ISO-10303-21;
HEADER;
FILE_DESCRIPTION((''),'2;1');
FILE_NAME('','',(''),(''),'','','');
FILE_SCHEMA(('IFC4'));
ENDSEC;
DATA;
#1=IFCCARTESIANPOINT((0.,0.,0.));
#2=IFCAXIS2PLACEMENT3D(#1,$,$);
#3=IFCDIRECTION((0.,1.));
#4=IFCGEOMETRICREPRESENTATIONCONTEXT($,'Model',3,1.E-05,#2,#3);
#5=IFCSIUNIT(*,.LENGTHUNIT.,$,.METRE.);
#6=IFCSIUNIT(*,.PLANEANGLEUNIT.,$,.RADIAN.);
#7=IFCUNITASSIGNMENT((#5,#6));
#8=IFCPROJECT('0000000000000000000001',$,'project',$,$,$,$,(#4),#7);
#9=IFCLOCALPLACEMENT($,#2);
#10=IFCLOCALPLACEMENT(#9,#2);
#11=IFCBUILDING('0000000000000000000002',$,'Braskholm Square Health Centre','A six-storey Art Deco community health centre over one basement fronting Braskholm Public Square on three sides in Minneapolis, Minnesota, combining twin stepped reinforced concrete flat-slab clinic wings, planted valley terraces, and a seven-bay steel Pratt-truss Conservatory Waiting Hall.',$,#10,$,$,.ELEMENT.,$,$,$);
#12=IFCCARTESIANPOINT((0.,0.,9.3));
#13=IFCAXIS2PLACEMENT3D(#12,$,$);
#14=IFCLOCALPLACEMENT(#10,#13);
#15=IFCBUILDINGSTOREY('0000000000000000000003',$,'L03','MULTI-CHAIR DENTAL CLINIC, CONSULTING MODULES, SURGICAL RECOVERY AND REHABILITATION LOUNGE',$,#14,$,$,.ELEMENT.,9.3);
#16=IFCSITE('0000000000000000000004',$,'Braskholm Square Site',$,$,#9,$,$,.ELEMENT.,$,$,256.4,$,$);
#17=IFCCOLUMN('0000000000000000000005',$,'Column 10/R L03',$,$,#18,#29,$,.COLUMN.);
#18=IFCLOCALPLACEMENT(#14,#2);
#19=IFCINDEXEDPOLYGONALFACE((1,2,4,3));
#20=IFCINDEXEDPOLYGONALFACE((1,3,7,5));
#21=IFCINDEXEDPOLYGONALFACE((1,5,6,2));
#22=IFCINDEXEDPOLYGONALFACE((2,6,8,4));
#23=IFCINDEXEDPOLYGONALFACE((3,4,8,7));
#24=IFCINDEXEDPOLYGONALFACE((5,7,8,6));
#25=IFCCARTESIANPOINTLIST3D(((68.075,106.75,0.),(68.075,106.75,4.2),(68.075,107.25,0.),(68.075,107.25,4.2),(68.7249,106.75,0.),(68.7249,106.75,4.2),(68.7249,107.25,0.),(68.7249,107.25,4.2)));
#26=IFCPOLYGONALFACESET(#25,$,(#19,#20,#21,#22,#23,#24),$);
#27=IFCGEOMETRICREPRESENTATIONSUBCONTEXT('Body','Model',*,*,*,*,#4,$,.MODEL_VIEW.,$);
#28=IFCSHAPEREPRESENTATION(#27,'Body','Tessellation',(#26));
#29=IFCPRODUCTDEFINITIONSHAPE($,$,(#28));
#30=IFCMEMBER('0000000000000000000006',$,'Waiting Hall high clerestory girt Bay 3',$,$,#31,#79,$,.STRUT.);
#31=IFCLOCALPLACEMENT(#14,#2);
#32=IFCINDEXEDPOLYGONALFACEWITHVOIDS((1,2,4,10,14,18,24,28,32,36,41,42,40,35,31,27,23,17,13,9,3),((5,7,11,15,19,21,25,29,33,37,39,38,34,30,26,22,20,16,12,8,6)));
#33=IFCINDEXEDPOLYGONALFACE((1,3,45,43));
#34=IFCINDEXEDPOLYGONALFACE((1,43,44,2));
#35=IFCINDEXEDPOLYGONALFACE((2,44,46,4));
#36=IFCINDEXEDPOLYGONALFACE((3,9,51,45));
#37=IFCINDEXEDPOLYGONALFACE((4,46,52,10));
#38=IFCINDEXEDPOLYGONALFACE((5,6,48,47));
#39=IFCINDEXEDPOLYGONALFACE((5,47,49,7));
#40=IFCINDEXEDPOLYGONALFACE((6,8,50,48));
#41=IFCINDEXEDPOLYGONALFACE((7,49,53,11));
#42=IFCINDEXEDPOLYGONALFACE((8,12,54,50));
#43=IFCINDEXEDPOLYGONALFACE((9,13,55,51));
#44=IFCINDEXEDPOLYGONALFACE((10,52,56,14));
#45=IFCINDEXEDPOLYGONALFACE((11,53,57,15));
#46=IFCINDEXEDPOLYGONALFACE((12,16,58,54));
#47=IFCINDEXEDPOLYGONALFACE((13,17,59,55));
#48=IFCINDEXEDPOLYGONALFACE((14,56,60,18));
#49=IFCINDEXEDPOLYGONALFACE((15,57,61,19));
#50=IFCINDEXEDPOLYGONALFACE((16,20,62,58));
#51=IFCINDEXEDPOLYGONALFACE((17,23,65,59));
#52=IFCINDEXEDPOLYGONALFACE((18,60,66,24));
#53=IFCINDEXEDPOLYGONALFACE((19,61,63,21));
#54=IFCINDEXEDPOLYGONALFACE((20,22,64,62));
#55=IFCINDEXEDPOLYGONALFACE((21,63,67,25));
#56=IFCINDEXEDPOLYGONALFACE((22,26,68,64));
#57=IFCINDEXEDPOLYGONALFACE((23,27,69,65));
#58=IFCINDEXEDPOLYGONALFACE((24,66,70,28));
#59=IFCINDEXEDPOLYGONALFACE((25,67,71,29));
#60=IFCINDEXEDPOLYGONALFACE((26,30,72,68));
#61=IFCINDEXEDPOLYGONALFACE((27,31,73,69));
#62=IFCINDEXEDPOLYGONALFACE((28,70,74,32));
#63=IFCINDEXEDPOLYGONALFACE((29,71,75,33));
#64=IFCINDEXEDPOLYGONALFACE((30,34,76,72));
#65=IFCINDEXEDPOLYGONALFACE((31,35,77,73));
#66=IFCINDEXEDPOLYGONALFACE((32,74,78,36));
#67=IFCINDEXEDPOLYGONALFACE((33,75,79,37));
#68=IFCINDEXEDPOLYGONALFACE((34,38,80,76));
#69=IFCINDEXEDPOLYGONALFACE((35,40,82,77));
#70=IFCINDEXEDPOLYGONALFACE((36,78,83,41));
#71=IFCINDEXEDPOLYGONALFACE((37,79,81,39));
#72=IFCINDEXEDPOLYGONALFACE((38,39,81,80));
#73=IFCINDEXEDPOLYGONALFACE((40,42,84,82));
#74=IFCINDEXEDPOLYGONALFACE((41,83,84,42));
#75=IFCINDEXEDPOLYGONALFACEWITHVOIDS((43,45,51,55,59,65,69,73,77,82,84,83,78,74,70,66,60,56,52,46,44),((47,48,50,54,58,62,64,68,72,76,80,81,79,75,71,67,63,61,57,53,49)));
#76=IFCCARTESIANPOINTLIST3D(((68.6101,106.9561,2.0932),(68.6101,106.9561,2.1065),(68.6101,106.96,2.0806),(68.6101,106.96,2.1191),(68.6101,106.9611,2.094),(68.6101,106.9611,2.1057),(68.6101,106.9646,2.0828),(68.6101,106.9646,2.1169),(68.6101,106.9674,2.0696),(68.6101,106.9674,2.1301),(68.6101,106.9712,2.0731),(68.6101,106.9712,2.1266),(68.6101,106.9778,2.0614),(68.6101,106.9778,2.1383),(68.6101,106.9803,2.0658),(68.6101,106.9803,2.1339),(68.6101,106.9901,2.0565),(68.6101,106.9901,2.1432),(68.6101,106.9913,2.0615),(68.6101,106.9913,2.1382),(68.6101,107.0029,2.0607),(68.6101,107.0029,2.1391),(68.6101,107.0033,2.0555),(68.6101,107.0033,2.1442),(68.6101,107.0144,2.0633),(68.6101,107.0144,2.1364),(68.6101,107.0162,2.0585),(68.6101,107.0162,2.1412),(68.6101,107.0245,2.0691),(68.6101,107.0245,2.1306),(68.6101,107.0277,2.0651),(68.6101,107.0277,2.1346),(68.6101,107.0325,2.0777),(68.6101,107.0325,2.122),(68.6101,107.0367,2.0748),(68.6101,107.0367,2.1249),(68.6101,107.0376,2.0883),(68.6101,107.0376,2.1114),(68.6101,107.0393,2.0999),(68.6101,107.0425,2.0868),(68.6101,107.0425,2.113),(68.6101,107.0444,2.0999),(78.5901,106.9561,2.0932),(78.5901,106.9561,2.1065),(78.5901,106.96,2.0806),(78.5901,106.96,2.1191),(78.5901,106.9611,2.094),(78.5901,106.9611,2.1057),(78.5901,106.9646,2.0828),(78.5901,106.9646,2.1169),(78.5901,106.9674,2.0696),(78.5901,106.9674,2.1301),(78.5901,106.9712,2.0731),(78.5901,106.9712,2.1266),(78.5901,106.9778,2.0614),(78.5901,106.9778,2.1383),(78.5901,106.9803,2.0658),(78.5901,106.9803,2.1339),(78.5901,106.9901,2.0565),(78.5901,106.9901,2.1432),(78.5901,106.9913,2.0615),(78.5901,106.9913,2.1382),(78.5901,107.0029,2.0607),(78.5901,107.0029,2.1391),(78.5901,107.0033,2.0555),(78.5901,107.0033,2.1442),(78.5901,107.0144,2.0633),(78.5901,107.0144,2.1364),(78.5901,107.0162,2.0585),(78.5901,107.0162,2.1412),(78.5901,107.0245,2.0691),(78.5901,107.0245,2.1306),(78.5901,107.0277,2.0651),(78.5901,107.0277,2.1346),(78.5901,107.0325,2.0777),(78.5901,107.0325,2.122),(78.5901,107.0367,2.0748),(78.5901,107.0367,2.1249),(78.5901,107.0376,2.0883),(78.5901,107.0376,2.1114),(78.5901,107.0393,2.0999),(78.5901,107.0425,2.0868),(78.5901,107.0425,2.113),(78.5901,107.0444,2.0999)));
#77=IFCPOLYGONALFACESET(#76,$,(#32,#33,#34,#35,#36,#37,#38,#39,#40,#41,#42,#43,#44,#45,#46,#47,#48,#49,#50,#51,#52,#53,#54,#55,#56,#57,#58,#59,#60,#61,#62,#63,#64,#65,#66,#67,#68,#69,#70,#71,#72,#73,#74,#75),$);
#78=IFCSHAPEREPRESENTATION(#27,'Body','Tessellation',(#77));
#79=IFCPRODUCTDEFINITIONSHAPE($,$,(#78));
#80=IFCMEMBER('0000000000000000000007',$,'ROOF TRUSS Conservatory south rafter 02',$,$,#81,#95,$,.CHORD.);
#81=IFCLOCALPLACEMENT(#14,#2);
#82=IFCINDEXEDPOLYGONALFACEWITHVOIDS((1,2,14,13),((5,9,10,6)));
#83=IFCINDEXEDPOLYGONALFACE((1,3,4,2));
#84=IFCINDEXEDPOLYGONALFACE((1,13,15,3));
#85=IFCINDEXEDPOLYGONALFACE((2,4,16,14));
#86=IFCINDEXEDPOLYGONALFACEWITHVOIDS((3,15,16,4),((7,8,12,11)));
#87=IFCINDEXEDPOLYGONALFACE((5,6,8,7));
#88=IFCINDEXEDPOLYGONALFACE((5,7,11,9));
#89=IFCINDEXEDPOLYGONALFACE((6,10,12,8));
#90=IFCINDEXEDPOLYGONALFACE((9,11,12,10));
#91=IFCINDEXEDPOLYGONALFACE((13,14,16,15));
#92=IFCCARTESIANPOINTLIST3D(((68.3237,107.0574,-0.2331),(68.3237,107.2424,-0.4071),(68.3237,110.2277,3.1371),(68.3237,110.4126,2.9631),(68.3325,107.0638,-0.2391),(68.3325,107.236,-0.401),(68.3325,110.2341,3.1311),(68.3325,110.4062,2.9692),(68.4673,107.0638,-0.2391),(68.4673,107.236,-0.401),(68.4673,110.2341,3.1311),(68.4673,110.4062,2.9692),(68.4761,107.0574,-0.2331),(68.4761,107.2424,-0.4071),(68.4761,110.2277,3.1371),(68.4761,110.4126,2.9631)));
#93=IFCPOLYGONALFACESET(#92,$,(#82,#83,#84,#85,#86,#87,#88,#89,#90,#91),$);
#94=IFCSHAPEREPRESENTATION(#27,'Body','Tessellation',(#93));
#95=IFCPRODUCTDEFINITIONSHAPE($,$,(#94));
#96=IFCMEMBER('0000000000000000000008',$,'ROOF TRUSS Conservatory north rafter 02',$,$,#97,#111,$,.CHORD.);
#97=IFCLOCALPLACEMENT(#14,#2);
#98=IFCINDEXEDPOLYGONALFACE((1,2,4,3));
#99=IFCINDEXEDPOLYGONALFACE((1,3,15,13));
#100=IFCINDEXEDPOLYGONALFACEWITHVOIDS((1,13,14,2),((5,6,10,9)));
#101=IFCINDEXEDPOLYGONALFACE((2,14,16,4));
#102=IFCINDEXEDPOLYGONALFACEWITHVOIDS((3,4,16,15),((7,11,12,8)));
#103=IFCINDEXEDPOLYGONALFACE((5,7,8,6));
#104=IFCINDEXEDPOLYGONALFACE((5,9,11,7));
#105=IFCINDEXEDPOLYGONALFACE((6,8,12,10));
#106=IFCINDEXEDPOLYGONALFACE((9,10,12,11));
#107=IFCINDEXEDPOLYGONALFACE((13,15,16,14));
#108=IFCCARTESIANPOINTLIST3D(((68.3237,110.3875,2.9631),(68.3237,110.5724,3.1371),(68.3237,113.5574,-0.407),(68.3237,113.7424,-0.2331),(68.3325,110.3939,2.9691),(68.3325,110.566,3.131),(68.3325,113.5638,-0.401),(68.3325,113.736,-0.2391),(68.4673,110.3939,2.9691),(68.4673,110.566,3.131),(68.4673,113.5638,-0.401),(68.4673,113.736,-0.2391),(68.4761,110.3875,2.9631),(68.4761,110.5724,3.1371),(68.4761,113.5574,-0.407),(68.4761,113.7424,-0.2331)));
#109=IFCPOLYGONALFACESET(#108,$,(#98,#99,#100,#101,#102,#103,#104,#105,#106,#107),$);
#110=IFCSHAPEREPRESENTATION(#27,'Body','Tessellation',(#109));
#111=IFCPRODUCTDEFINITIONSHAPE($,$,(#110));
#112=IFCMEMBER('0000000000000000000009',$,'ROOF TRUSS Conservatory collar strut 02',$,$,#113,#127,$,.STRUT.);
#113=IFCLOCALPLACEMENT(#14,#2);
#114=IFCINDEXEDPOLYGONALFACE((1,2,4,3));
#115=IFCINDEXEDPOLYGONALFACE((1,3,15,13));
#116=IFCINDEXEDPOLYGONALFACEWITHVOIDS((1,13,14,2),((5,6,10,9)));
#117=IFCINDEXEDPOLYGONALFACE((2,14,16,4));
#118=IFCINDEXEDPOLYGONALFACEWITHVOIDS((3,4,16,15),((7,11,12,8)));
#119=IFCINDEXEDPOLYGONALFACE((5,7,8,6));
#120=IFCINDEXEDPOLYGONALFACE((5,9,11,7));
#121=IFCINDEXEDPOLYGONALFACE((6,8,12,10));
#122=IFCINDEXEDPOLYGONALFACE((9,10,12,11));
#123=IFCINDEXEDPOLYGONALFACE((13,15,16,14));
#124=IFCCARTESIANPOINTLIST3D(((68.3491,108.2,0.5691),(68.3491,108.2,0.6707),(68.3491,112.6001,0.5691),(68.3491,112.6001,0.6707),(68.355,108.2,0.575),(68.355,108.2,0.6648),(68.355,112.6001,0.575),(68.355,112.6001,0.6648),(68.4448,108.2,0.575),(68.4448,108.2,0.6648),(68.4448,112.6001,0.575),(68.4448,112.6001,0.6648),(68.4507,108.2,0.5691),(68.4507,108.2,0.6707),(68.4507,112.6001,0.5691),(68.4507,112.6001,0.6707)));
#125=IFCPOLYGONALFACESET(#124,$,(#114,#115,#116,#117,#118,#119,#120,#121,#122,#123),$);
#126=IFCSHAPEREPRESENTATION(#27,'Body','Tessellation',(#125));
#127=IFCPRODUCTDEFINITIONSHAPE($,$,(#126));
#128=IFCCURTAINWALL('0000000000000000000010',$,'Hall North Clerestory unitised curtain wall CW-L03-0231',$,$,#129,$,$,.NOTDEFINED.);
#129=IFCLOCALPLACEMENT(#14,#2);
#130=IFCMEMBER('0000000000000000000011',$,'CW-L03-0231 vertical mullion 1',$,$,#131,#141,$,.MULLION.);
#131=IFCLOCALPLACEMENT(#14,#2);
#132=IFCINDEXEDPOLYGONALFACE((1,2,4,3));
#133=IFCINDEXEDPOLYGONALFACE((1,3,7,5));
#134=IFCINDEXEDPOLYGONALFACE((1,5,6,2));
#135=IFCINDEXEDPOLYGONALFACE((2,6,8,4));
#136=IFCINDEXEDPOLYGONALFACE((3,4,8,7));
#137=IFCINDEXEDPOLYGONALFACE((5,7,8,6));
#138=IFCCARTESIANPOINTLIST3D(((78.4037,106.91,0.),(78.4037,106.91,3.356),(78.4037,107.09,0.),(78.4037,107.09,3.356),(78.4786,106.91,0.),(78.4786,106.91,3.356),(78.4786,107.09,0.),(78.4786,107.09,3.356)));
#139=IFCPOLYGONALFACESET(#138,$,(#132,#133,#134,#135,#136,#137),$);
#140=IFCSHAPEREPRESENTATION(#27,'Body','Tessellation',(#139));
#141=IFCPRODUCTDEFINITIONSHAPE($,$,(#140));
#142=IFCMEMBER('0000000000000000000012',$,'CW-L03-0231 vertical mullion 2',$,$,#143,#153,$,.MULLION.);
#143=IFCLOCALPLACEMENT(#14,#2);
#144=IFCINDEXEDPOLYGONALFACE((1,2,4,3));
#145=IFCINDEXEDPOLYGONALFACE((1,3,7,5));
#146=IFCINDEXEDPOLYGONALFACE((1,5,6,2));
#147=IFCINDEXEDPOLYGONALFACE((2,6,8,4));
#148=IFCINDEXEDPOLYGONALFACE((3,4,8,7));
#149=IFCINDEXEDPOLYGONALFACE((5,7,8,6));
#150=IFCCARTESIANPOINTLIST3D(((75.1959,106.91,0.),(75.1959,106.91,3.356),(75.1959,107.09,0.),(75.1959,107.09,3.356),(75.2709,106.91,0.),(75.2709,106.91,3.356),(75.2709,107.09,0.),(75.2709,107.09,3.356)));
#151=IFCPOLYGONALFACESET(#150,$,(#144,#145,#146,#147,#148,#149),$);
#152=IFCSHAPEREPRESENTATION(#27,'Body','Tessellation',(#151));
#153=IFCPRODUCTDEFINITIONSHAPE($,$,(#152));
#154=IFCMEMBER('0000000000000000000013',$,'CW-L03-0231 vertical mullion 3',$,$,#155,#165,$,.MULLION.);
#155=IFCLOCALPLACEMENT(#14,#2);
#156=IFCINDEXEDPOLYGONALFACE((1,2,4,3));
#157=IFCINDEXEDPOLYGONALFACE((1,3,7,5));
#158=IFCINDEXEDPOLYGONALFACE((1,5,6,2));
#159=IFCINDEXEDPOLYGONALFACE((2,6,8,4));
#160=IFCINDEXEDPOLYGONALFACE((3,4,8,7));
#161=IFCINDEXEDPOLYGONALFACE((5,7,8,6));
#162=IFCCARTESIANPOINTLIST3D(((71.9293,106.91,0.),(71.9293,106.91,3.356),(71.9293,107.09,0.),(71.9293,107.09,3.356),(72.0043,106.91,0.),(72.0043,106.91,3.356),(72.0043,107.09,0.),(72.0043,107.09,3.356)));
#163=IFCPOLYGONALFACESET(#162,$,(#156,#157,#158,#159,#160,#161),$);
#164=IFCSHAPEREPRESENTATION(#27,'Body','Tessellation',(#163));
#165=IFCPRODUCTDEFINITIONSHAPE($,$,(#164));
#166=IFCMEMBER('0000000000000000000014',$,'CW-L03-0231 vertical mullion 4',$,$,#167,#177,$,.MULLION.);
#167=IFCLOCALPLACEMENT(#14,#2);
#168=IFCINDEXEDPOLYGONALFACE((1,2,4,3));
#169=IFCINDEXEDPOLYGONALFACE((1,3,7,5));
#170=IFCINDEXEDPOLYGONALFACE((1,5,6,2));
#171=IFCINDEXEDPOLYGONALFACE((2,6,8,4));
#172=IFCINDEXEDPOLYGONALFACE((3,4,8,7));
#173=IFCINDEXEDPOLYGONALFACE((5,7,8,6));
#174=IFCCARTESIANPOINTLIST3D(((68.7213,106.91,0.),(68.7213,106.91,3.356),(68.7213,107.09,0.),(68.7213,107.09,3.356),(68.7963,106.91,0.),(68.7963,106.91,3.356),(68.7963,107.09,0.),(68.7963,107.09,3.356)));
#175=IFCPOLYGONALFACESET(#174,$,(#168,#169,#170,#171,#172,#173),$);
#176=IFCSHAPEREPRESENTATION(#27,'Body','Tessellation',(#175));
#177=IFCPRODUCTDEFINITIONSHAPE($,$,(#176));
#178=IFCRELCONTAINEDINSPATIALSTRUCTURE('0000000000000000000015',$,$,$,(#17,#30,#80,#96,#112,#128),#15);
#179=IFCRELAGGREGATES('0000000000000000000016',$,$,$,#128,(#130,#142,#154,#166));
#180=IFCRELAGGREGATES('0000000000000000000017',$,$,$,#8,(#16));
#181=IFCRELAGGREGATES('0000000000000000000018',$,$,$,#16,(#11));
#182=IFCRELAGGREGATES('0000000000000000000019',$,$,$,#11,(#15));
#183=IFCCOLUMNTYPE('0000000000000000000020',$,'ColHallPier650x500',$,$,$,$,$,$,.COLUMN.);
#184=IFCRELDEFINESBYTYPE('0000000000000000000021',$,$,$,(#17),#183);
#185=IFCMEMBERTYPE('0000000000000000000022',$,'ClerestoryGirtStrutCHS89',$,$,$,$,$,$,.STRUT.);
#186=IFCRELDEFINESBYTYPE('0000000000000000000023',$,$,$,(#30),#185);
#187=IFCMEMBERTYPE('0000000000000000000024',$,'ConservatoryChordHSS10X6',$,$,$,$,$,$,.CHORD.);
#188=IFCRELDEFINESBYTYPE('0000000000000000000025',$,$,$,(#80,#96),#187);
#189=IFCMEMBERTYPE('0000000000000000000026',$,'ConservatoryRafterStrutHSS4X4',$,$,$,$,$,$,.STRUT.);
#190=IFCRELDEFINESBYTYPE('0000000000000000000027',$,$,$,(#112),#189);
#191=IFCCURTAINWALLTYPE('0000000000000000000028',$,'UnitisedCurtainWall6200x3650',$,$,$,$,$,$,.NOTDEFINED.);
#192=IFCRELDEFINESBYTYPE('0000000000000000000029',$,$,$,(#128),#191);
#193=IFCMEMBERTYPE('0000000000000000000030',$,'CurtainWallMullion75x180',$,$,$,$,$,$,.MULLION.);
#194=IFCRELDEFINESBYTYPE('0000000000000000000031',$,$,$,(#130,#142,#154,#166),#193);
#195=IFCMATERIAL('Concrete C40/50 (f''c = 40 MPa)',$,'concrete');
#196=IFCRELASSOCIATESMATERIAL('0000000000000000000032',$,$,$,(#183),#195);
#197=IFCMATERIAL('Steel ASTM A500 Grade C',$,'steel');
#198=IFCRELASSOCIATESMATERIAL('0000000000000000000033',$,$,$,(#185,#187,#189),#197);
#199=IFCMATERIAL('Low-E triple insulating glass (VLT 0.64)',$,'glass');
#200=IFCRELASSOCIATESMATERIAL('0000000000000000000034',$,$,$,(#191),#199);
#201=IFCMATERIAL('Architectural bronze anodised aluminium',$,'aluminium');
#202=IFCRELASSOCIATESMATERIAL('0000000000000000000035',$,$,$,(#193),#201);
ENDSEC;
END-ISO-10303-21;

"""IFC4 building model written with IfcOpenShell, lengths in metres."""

from ifc_helpers import new_model, si_unit, direction, frame, origin, origin_2d, place, context, subcontext, project, spatial, rectangle, hollow_rectangle, hollow_circle, extrude, material, material_profile, profile_set, type_object, element, aggregate, save


model = new_model("IFC4")

# Units and contexts
model_context = context("Model", 3, precision=1e-05, world=origin(), true_north=direction((0.0, 1.0)))
body_context = subcontext(model_context, "Body", "Model", "MODEL_VIEW")
ifc_project = project(units=[si_unit("LENGTHUNIT", "METRE"), si_unit("PLANEANGLEUNIT", "RADIAN")], contexts=[model_context])

# Site, building, storey
site_placement = place(None, origin())
site = spatial("IfcSite", under=ifc_project, at=site_placement, Name="Braskholm Square Site", CompositionType="ELEMENT", RefElevation=256.4)
building_placement = place(site_placement, origin())
building = spatial("IfcBuilding", under=site, at=building_placement, Name="Braskholm Square Health Centre", Description="A six-storey Art Deco community health centre over one basement fronting Braskholm Public Square on three sides in Minneapolis, Minnesota, combining twin stepped reinforced concrete flat-slab clinic wings, planted valley terraces, and a seven-bay steel Pratt-truss Conservatory Waiting Hall.", CompositionType="ELEMENT")
storey_placement = place(building_placement, frame((0.0, 0.0, 9.3)))
storey = spatial("IfcBuildingStorey", under=building, at=storey_placement, Name="L03", Description="MULTI-CHAIR DENTAL CLINIC, CONSULTING MODULES, SURGICAL RECOVERY AND REHABILITATION LOUNGE", CompositionType="ELEMENT", Elevation=9.3)

# Column
ifc_material_1 = material(Name="Concrete C40/50 (f'c = 40 MPa)", Category="concrete")
ifc_material_profile_1 = material_profile(ifc_material_1, rectangle(XDim=0.6499, YDim=0.5, at=origin_2d()), Name="RC-650X500")
ifc_profile_set_1 = profile_set([ifc_material_profile_1], Name="Concrete C40/50 (f'c = 40 MPa)")
column_type = type_object("IfcColumnType", Name="ColHallPier650x500", PredefinedType="COLUMN", material=ifc_profile_set_1)
column_placement = place(storey_placement, frame((68.3999, 107.0, 0.0), z_axis=(0.0, 0.0, 1.0), x_axis=(1.0, 0.0, 0.0)))
element("IfcColumn", 1, at=column_placement, inside=storey, type_object=column_type, Name="Column 10/R L03", PredefinedType="COLUMN", context=body_context, shape_type="SweptSolid", body=[
    extrude(rectangle(XDim=0.6499, YDim=0.5, at=origin_2d()), origin(), (0.0, 0.0, 1.0), 4.2),
])

# Members
ifc_material_2 = material(Name="Steel ASTM A500 Grade C", Category="steel")
ifc_material_profile_2 = material_profile(ifc_material_2, hollow_circle(Radius=0.0444, WallThickness=0.0051, at=origin_2d()), Name="HSS3.500X0.216")
ifc_profile_set_2 = profile_set([ifc_material_profile_2], Name="Steel ASTM A500 Grade C")
member_type_1 = type_object("IfcMemberType", Name="ClerestoryGirtStrutCHS89", PredefinedType="STRUT", material=ifc_profile_set_2)
member_1_placement = place(storey_placement, frame((68.6101, 107.0, 2.0999), z_axis=(1.0, 0.0, 0.0), x_axis=(0.0, 1.0, 0.0)))
element("IfcMember", 2, at=member_1_placement, inside=storey, type_object=member_type_1, Name="Waiting Hall high clerestory girt Bay 3", PredefinedType="STRUT", context=body_context, shape_type="SweptSolid", body=[
    extrude(hollow_circle(Radius=0.0444, WallThickness=0.0051, at=origin_2d()), origin(), (0.0, 0.0, 1.0), 9.98),
])
ifc_material_profile_3 = material_profile(ifc_material_2, hollow_rectangle(XDim=0.1523, YDim=0.2539, WallThickness=0.0088, at=origin_2d()), Name="HSS10X6X3/8")
ifc_profile_set_3 = profile_set([ifc_material_profile_3], Name="Steel ASTM A500 Grade C")
member_type_2 = type_object("IfcMemberType", Name="ConservatoryChordHSS10X6", PredefinedType="CHORD", material=ifc_profile_set_3)
member_2_placement = place(storey_placement, frame((68.3999, 107.1499, -0.3201), z_axis=(0.0, 0.685169, 0.728384), x_axis=(-1.0, 0.0, 0.0)))
element("IfcMember", 3, at=member_2_placement, inside=storey, type_object=member_type_2, Name="ROOF TRUSS Conservatory south rafter 02", PredefinedType="CHORD", context=body_context, shape_type="SweptSolid", body=[
    extrude(hollow_rectangle(XDim=0.1523, YDim=0.2539, WallThickness=0.0088, at=origin_2d()), origin(), (0.0, 0.0, 1.0), 4.627),
])
member_3_placement = place(storey_placement, frame((68.3999, 113.6499, -0.3201), z_axis=(0.0, -0.685141, 0.728411), x_axis=(1.0, 0.0, 0.0)))
element("IfcMember", 4, at=member_3_placement, inside=storey, type_object=member_type_2, Name="ROOF TRUSS Conservatory north rafter 02", PredefinedType="CHORD", context=body_context, shape_type="SweptSolid", body=[
    extrude(hollow_rectangle(XDim=0.1523, YDim=0.2539, WallThickness=0.0088, at=origin_2d()), origin(), (0.0, 0.0, 1.0), 4.6267),
])
ifc_material_profile_4 = material_profile(ifc_material_2, hollow_rectangle(XDim=0.1016, YDim=0.1016, WallThickness=0.0059, at=origin_2d()), Name="HSS4X4X1/4")
ifc_profile_set_4 = profile_set([ifc_material_profile_4], Name="Steel ASTM A500 Grade C")
member_type_3 = type_object("IfcMemberType", Name="ConservatoryRafterStrutHSS4X4", PredefinedType="STRUT", material=ifc_profile_set_4)
member_4_placement = place(storey_placement, frame((68.3999, 108.2, 0.6199), z_axis=(0.0, 1.0, 0.0), x_axis=(-1.0, 0.0, 0.0)))
element("IfcMember", 5, at=member_4_placement, inside=storey, type_object=member_type_3, Name="ROOF TRUSS Conservatory collar strut 02", PredefinedType="STRUT", context=body_context, shape_type="SweptSolid", body=[
    extrude(hollow_rectangle(XDim=0.1016, YDim=0.1016, WallThickness=0.0059, at=origin_2d()), origin(), (0.0, 0.0, 1.0), 4.4001),
])

# Curtain wall, members
ifc_material_3 = material(Name="Low-E triple insulating glass (VLT 0.64)", Category="glass")
curtain_wall_type = type_object("IfcCurtainWallType", Name="UnitisedCurtainWall6200x3650", PredefinedType="NOTDEFINED", material=ifc_material_3)
curtain_wall_1_placement = place(storey_placement, origin())
curtain_wall_1 = element("IfcCurtainWall", 6, at=curtain_wall_1_placement, inside=storey, type_object=curtain_wall_type, Name="Hall North Clerestory unitised curtain wall CW-L03-0231", PredefinedType="NOTDEFINED")
ifc_material_4 = material(Name="Architectural bronze anodised aluminium", Category="aluminium")
ifc_material_profile_5 = material_profile(ifc_material_4, rectangle(XDim=0.075, YDim=0.1799, at=origin_2d()), Name="ALU-75X180")
ifc_profile_set_5 = profile_set([ifc_material_profile_5], Name="Architectural bronze anodised aluminium")
member_type_4 = type_object("IfcMemberType", Name="CurtainWallMullion75x180", PredefinedType="MULLION", material=ifc_profile_set_5)
member_5_placement = place(storey_placement, frame((78.4412, 107.0, 0.0), z_axis=(0.0, 0.0, 1.0), x_axis=(1.0, 0.0, 0.0)))
member_5 = element("IfcMember", 7, at=member_5_placement, type_object=member_type_4, Name="CW-L03-0231 vertical mullion 1", PredefinedType="MULLION", context=body_context, shape_type="SweptSolid", body=[
    extrude(rectangle(XDim=0.075, YDim=0.1799, at=origin_2d()), origin(), (0.0, 0.0, 1.0), 3.356),
])
member_6_placement = place(storey_placement, frame((75.2334, 107.0, 0.0), z_axis=(0.0, 0.0, 1.0), x_axis=(1.0, 0.0, 0.0)))
member_6 = element("IfcMember", 8, at=member_6_placement, type_object=member_type_4, Name="CW-L03-0231 vertical mullion 2", PredefinedType="MULLION", context=body_context, shape_type="SweptSolid", body=[
    extrude(rectangle(XDim=0.075, YDim=0.1799, at=origin_2d()), origin(), (0.0, 0.0, 1.0), 3.356),
])
member_7_placement = place(storey_placement, frame((71.9668, 107.0, 0.0), z_axis=(0.0, 0.0, 1.0), x_axis=(1.0, 0.0, 0.0)))
member_7 = element("IfcMember", 9, at=member_7_placement, type_object=member_type_4, Name="CW-L03-0231 vertical mullion 3", PredefinedType="MULLION", context=body_context, shape_type="SweptSolid", body=[
    extrude(rectangle(XDim=0.075, YDim=0.1799, at=origin_2d()), origin(), (0.0, 0.0, 1.0), 3.356),
])
member_8_placement = place(storey_placement, frame((68.7588, 107.0, 0.0), z_axis=(0.0, 0.0, 1.0), x_axis=(1.0, 0.0, 0.0)))
member_8 = element("IfcMember", 10, at=member_8_placement, type_object=member_type_4, Name="CW-L03-0231 vertical mullion 4", PredefinedType="MULLION", context=body_context, shape_type="SweptSolid", body=[
    extrude(rectangle(XDim=0.075, YDim=0.1799, at=origin_2d()), origin(), (0.0, 0.0, 1.0), 3.356),
])

aggregate(curtain_wall_1, [member_5, member_6, member_7, member_8])

save(model, "model.ifc")
